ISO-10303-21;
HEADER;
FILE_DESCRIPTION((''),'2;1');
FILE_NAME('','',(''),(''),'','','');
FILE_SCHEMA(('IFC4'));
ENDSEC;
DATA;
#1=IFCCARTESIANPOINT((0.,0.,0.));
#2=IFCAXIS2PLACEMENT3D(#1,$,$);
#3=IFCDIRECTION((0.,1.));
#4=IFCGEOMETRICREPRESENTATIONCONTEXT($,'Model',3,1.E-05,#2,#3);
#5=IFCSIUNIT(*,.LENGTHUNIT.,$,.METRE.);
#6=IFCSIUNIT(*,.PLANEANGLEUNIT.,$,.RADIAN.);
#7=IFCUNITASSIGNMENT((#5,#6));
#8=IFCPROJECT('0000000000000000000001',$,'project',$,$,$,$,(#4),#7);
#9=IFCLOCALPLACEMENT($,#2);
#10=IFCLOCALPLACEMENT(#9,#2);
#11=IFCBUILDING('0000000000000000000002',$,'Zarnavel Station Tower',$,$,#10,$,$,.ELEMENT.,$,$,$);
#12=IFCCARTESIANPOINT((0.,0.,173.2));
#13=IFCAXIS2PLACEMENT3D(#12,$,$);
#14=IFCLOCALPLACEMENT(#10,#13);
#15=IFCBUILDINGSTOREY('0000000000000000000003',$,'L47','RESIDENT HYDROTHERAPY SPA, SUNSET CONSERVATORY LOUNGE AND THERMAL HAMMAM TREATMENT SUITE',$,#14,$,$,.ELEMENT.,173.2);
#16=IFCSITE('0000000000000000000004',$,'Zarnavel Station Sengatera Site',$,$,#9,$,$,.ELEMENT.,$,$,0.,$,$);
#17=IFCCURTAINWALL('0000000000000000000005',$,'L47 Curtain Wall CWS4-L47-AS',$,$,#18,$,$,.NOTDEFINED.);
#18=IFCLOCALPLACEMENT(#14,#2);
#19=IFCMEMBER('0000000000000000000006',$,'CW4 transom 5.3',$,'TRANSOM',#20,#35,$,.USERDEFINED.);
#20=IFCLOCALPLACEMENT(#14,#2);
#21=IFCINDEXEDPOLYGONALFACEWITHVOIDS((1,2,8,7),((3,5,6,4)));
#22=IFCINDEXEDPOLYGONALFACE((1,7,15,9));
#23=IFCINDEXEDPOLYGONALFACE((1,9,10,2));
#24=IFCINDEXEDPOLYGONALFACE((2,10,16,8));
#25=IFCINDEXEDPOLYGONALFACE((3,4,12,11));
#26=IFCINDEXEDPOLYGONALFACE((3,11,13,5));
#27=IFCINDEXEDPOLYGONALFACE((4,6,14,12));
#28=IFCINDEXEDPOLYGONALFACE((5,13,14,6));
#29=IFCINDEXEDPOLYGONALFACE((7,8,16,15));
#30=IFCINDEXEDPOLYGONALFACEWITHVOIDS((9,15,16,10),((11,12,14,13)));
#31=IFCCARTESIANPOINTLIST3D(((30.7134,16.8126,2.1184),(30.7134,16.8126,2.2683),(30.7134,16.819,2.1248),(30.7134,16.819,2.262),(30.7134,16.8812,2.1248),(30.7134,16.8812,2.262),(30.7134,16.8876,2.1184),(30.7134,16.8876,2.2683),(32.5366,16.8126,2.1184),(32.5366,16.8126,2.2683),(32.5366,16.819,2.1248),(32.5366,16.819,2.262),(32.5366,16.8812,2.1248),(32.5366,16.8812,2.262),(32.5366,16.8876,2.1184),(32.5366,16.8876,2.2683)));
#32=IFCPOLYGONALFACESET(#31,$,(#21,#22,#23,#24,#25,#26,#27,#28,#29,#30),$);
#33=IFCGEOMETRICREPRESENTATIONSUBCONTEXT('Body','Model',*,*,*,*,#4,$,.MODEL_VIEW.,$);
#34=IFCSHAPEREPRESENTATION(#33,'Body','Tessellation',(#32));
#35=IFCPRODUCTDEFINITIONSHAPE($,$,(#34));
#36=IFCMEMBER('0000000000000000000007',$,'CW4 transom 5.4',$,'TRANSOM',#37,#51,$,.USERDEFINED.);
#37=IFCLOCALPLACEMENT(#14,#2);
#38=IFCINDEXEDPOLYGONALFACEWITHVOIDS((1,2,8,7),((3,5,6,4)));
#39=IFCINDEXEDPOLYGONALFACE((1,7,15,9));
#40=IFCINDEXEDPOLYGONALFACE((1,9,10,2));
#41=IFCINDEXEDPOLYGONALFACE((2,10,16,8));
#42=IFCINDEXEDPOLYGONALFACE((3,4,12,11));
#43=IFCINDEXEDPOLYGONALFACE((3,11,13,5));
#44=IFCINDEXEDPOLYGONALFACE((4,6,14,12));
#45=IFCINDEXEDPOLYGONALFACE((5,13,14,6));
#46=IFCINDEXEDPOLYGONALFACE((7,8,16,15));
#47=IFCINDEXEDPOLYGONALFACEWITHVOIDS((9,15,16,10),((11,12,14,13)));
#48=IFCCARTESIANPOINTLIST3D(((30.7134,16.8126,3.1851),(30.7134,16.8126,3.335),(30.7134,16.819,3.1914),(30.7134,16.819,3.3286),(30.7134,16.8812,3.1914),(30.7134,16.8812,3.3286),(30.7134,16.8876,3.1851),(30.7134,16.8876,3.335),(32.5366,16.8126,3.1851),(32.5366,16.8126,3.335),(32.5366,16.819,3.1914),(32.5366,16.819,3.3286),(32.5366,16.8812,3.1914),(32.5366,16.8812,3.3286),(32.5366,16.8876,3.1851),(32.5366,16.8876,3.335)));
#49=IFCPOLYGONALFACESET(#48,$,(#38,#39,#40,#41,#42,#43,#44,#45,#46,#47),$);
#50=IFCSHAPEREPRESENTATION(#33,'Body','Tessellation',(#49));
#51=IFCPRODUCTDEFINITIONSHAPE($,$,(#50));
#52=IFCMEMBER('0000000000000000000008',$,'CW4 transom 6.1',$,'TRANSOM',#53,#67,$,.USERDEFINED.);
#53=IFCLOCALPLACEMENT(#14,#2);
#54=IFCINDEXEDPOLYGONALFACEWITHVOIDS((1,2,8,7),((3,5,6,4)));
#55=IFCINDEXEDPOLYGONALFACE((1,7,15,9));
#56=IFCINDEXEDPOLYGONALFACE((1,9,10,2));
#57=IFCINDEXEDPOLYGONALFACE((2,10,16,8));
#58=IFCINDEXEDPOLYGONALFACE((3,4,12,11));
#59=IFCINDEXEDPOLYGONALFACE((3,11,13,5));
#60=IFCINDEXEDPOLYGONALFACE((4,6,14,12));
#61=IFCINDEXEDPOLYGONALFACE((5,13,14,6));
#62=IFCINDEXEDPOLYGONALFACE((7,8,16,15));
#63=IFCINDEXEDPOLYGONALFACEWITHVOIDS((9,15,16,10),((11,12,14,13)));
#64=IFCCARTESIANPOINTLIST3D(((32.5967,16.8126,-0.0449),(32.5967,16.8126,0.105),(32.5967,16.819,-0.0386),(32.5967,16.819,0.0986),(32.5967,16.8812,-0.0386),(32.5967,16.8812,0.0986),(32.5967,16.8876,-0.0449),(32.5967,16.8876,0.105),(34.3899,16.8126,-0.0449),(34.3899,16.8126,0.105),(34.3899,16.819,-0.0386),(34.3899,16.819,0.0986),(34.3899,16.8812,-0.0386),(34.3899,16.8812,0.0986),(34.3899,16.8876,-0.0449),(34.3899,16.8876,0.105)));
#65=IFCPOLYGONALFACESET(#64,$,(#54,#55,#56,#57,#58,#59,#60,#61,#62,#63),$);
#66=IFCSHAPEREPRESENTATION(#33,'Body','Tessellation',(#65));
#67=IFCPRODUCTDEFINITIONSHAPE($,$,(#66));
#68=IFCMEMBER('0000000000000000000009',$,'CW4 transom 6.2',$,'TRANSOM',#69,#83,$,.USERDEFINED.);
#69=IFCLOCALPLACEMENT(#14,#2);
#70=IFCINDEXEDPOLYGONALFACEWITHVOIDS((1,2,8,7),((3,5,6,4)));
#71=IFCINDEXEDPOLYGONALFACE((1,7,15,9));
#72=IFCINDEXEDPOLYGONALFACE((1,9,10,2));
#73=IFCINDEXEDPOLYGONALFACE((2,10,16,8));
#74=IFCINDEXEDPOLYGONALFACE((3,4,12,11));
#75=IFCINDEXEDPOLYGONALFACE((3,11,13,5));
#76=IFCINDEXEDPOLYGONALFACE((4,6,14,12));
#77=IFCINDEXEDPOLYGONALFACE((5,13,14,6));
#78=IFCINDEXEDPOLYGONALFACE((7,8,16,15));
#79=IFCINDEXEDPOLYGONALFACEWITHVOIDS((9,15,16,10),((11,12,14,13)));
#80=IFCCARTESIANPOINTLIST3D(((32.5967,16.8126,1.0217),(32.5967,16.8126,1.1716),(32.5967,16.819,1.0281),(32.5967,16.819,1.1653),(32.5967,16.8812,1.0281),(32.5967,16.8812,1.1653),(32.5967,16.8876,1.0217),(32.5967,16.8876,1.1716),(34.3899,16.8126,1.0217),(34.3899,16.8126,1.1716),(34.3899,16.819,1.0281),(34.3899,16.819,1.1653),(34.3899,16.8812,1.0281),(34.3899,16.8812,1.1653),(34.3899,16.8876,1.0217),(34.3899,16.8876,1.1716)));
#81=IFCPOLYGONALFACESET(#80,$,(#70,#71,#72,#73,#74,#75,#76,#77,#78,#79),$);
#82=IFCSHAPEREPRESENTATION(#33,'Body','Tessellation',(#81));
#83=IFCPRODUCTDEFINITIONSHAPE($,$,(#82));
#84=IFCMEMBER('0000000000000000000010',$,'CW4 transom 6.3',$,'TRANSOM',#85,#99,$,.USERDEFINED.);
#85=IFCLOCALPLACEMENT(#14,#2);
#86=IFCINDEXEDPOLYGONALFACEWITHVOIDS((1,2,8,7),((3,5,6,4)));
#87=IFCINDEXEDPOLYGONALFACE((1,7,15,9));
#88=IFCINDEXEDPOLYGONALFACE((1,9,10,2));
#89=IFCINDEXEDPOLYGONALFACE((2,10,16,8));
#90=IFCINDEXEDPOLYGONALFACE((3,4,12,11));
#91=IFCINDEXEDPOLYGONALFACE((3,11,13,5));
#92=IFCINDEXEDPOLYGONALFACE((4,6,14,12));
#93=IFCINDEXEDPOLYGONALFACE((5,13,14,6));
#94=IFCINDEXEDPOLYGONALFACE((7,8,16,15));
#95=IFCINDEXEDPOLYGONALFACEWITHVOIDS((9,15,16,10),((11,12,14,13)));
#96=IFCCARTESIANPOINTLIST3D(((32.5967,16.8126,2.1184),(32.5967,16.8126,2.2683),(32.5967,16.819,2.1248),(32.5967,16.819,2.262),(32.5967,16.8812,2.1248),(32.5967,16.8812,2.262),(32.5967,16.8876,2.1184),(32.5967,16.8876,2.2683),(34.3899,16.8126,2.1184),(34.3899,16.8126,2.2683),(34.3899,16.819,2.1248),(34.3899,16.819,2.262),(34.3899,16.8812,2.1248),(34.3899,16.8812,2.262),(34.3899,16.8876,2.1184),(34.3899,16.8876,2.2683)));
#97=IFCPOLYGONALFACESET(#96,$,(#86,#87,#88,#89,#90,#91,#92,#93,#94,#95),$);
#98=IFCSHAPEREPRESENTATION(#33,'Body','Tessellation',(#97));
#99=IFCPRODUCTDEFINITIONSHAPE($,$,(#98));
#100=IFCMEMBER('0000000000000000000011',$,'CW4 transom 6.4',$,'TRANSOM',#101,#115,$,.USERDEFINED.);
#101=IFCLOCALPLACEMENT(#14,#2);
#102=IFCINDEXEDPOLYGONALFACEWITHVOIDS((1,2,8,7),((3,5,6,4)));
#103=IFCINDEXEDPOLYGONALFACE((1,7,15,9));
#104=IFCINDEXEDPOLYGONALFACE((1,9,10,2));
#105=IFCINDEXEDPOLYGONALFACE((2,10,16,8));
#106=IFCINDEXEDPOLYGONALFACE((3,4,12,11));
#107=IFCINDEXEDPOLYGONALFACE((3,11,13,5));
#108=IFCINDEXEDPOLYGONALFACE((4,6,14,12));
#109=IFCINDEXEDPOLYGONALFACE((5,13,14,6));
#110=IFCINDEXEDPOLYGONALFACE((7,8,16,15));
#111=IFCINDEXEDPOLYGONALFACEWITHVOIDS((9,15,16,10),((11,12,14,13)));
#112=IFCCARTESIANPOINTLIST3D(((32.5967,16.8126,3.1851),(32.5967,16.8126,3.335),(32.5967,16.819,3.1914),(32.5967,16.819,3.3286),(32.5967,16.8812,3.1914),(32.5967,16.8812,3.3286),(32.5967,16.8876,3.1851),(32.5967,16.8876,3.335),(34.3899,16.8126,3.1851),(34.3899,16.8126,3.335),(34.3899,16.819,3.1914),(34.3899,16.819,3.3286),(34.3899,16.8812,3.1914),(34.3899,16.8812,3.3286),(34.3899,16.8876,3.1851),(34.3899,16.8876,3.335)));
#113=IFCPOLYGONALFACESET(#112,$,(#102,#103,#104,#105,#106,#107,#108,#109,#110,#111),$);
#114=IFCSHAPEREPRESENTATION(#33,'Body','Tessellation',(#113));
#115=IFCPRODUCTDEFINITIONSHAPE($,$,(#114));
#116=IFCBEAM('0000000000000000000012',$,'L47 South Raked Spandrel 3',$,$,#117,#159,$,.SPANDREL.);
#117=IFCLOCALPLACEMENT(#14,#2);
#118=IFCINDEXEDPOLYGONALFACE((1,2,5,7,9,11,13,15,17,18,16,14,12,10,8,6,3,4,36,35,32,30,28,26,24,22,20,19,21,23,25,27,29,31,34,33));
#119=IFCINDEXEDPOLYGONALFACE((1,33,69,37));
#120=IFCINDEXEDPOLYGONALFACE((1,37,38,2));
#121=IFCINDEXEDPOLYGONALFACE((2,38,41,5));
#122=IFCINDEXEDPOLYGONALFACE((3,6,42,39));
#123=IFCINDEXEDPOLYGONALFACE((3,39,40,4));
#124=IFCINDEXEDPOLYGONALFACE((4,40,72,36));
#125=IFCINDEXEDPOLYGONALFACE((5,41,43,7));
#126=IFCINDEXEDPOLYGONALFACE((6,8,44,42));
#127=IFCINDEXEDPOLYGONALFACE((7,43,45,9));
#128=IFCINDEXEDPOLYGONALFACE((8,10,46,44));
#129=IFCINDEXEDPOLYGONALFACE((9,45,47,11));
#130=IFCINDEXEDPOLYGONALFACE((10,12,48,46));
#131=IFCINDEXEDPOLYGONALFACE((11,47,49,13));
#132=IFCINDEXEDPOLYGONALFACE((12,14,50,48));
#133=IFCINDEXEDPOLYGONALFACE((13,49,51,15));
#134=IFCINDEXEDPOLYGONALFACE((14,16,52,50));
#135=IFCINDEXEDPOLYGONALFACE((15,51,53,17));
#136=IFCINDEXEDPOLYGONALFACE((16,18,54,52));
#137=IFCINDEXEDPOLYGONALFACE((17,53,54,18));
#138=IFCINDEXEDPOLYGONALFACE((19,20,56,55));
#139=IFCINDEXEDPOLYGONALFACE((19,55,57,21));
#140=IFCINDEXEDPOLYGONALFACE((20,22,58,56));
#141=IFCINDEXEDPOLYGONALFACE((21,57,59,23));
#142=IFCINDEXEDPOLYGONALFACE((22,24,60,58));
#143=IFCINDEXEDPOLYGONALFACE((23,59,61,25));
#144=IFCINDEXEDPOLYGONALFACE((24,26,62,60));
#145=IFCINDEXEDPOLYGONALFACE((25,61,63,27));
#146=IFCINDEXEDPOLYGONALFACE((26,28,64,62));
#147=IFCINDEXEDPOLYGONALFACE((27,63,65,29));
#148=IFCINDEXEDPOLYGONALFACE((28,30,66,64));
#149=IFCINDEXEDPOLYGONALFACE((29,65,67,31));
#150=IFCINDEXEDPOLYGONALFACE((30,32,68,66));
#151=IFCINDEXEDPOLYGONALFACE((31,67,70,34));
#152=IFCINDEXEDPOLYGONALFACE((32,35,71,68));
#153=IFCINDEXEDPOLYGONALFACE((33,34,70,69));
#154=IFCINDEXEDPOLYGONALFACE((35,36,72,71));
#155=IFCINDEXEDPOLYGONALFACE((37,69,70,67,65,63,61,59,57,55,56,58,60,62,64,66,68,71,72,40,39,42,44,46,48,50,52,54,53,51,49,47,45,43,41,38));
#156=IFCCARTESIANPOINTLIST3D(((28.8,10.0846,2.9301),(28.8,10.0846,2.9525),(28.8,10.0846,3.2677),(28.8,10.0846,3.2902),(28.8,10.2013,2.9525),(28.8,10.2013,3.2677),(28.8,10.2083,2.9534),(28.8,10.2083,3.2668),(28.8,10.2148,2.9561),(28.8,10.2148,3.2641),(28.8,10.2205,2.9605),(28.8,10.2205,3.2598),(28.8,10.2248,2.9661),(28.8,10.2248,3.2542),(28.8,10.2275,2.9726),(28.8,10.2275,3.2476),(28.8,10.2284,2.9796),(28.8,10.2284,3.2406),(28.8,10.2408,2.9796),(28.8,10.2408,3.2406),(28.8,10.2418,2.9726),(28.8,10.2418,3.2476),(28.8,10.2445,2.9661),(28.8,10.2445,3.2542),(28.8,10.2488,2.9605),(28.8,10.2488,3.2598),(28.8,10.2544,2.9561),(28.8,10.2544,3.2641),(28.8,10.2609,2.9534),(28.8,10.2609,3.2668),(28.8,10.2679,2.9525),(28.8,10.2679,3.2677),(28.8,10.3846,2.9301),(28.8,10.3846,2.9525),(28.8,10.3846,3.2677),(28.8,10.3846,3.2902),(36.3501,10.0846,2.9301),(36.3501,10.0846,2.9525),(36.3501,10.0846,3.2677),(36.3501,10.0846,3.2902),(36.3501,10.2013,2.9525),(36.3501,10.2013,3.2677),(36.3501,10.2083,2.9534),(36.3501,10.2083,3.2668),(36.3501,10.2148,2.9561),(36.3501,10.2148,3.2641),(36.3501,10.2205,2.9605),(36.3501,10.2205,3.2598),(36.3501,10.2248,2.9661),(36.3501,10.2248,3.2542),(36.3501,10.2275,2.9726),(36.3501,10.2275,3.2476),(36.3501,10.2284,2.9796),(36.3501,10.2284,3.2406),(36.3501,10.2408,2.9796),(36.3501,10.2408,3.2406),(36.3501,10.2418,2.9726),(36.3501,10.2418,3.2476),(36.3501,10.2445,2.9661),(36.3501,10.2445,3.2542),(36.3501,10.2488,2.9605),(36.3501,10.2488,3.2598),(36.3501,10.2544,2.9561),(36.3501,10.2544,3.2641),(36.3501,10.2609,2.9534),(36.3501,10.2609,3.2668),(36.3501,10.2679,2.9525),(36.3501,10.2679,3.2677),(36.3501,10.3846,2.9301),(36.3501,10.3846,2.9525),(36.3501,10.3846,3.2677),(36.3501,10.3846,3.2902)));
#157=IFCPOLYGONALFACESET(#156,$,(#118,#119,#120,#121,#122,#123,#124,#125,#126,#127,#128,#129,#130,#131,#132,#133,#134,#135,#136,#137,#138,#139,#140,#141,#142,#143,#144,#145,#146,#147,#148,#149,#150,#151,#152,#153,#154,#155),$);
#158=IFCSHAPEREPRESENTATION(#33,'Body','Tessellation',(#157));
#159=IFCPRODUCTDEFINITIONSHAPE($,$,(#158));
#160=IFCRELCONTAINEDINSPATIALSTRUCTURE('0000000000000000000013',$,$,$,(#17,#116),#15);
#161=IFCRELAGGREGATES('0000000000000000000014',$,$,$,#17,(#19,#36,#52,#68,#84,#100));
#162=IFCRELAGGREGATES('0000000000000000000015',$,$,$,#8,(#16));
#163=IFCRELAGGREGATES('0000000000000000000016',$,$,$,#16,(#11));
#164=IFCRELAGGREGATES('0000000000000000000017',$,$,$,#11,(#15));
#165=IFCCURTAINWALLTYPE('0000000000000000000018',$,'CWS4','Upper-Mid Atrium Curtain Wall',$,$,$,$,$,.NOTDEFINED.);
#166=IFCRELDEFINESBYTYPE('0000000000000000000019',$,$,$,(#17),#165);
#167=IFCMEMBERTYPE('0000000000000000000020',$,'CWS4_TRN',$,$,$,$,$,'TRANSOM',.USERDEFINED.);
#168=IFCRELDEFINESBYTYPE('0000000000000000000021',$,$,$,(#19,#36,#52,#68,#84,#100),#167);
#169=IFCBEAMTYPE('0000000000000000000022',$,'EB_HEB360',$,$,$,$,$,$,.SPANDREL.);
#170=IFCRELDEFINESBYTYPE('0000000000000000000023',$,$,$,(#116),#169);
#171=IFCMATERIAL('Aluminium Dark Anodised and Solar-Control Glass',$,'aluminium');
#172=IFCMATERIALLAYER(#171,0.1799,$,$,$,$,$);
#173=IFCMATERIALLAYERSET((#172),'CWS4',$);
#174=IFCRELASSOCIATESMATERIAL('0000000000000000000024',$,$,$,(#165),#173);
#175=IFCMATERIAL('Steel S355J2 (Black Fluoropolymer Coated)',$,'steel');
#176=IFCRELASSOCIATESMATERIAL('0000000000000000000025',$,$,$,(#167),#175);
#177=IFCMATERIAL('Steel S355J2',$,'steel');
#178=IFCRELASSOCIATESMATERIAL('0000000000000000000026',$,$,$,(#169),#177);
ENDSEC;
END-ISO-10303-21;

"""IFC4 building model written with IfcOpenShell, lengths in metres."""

from ifc_helpers import new_model, si_unit, direction, frame, origin, origin_2d, place, context, subcontext, project, spatial, hollow_rectangle, i_section, extrude, material, layer, layer_set, material_profile, profile_set, type_object, element, aggregate, save


model = new_model("IFC4")

# Units and contexts
model_context = context("Model", 3, precision=1e-05, world=origin(), true_north=direction((0.0, 1.0)))
body_context = subcontext(model_context, "Body", "Model", "MODEL_VIEW")
ifc_project = project(units=[si_unit("LENGTHUNIT", "METRE"), si_unit("PLANEANGLEUNIT", "RADIAN")], contexts=[model_context])

# Site, building, storey
site_placement = place(None, origin())
site = spatial("IfcSite", under=ifc_project, at=site_placement, Name="Zarnavel Station Sengatera Site", CompositionType="ELEMENT", RefElevation=0.0)
building_placement = place(site_placement, origin())
building = spatial("IfcBuilding", under=site, at=building_placement, Name="Zarnavel Station Tower", CompositionType="ELEMENT")
storey_placement = place(building_placement, frame((0.0, 0.0, 173.2)))
storey = spatial("IfcBuildingStorey", under=building, at=storey_placement, Name="L47", Description="RESIDENT HYDROTHERAPY SPA, SUNSET CONSERVATORY LOUNGE AND THERMAL HAMMAM TREATMENT SUITE", CompositionType="ELEMENT", Elevation=173.2)

# Curtain wall, members
ifc_material_1 = material(Name="Aluminium Dark Anodised and Solar-Control Glass", Category="aluminium")
ifc_layer_1 = layer(ifc_material_1, 0.1799)
ifc_layer_set_1 = layer_set([ifc_layer_1], Name="CWS4")
curtain_wall_type = type_object("IfcCurtainWallType", Name="CWS4", Description="Upper-Mid Atrium Curtain Wall", PredefinedType="NOTDEFINED", material=ifc_layer_set_1)
curtain_wall_placement = place(storey_placement, origin())
curtain_wall = element("IfcCurtainWall", 1, at=curtain_wall_placement, inside=storey, type_object=curtain_wall_type, Name="L47 Curtain Wall CWS4-L47-AS", PredefinedType="NOTDEFINED")
ifc_material_2 = material(Name="Steel S355J2 (Black Fluoropolymer Coated)", Category="steel")
ifc_material_profile_1 = material_profile(ifc_material_2, hollow_rectangle(XDim=0.075, YDim=0.1499, WallThickness=0.0063, at=origin_2d()), Name="RHS150x75x6.3")
ifc_profile_set_1 = profile_set([ifc_material_profile_1], Name="Steel S355J2 (Black Fluoropolymer Coated)")
member_type_1 = type_object("IfcMemberType", Name="CWS4_TRN", ElementType="TRANSOM", PredefinedType="USERDEFINED", material=ifc_profile_set_1)
member_1_placement = place(storey_placement, frame((30.7134, 16.8501, 2.1934), z_axis=(1.0, 0.0, 0.0), x_axis=(0.0, 1.0, 0.0)))
member_1 = element("IfcMember", 2, at=member_1_placement, type_object=member_type_1, Name="CW4 transom 5.3", ObjectType="TRANSOM", PredefinedType="USERDEFINED", context=body_context, shape_type="SweptSolid", body=[
    extrude(hollow_rectangle(XDim=0.075, YDim=0.1499, WallThickness=0.0063, at=origin_2d()), origin(), (0.0, 0.0, 1.0), 1.8232),
])
member_2_placement = place(storey_placement, frame((30.7134, 16.8501, 3.26), z_axis=(1.0, 0.0, 0.0), x_axis=(0.0, 1.0, 0.0)))
member_2 = element("IfcMember", 3, at=member_2_placement, type_object=member_type_1, Name="CW4 transom 5.4", ObjectType="TRANSOM", PredefinedType="USERDEFINED", context=body_context, shape_type="SweptSolid", body=[
    extrude(hollow_rectangle(XDim=0.075, YDim=0.1499, WallThickness=0.0063, at=origin_2d()), origin(), (0.0, 0.0, 1.0), 1.8232),
])
member_3_placement = place(storey_placement, frame((32.5967, 16.8501, 0.03), z_axis=(1.0, 0.0, 0.0), x_axis=(0.0, 1.0, 0.0)))
member_3 = element("IfcMember", 4, at=member_3_placement, type_object=member_type_1, Name="CW4 transom 6.1", ObjectType="TRANSOM", PredefinedType="USERDEFINED", context=body_context, shape_type="SweptSolid", body=[
    extrude(hollow_rectangle(XDim=0.075, YDim=0.1499, WallThickness=0.0063, at=origin_2d()), origin(), (0.0, 0.0, 1.0), 1.7932),
])
member_4_placement = place(storey_placement, frame((32.5967, 16.8501, 1.0967), z_axis=(1.0, 0.0, 0.0), x_axis=(0.0, 1.0, 0.0)))
member_4 = element("IfcMember", 5, at=member_4_placement, type_object=member_type_1, Name="CW4 transom 6.2", ObjectType="TRANSOM", PredefinedType="USERDEFINED", context=body_context, shape_type="SweptSolid", body=[
    extrude(hollow_rectangle(XDim=0.075, YDim=0.1499, WallThickness=0.0063, at=origin_2d()), origin(), (0.0, 0.0, 1.0), 1.7932),
])
member_5_placement = place(storey_placement, frame((32.5967, 16.8501, 2.1934), z_axis=(1.0, 0.0, 0.0), x_axis=(0.0, 1.0, 0.0)))
member_5 = element("IfcMember", 6, at=member_5_placement, type_object=member_type_1, Name="CW4 transom 6.3", ObjectType="TRANSOM", PredefinedType="USERDEFINED", context=body_context, shape_type="SweptSolid", body=[
    extrude(hollow_rectangle(XDim=0.075, YDim=0.1499, WallThickness=0.0063, at=origin_2d()), origin(), (0.0, 0.0, 1.0), 1.7932),
])
member_6_placement = place(storey_placement, frame((32.5967, 16.8501, 3.26), z_axis=(1.0, 0.0, 0.0), x_axis=(0.0, 1.0, 0.0)))
member_6 = element("IfcMember", 7, at=member_6_placement, type_object=member_type_1, Name="CW4 transom 6.4", ObjectType="TRANSOM", PredefinedType="USERDEFINED", context=body_context, shape_type="SweptSolid", body=[
    extrude(hollow_rectangle(XDim=0.075, YDim=0.1499, WallThickness=0.0063, at=origin_2d()), origin(), (0.0, 0.0, 1.0), 1.7932),
])

# Beam
ifc_material_3 = material(Name="Steel S355J2", Category="steel")
ifc_material_profile_2 = material_profile(ifc_material_3, i_section(OverallWidth=0.3, OverallDepth=0.3601, WebThickness=0.0125, FlangeThickness=0.0225, FilletRadius=0.0271, at=origin_2d()), Name="HEB360")
ifc_profile_set_2 = profile_set([ifc_material_profile_2], Name="Steel S355J2")
beam_type_1 = type_object("IfcBeamType", Name="EB_HEB360", PredefinedType="SPANDREL", material=ifc_profile_set_2)
beam_1_placement = place(storey_placement, frame((28.8, 10.2346, 3.1101), z_axis=(1.0, 0.0, 0.0), x_axis=(0.0, 1.0, 0.0)))
element("IfcBeam", 8, at=beam_1_placement, inside=storey, type_object=beam_type_1, Name="L47 South Raked Spandrel 3", PredefinedType="SPANDREL", context=body_context, shape_type="SweptSolid", body=[
    extrude(i_section(OverallWidth=0.3, OverallDepth=0.3601, WebThickness=0.0125, FlangeThickness=0.0225, FilletRadius=0.0271, at=origin_2d()), origin(), (0.0, 0.0, 1.0), 7.55),
])

aggregate(curtain_wall, [member_1, member_2, member_3, member_4, member_5, member_6])

save(model, "model.ifc")
